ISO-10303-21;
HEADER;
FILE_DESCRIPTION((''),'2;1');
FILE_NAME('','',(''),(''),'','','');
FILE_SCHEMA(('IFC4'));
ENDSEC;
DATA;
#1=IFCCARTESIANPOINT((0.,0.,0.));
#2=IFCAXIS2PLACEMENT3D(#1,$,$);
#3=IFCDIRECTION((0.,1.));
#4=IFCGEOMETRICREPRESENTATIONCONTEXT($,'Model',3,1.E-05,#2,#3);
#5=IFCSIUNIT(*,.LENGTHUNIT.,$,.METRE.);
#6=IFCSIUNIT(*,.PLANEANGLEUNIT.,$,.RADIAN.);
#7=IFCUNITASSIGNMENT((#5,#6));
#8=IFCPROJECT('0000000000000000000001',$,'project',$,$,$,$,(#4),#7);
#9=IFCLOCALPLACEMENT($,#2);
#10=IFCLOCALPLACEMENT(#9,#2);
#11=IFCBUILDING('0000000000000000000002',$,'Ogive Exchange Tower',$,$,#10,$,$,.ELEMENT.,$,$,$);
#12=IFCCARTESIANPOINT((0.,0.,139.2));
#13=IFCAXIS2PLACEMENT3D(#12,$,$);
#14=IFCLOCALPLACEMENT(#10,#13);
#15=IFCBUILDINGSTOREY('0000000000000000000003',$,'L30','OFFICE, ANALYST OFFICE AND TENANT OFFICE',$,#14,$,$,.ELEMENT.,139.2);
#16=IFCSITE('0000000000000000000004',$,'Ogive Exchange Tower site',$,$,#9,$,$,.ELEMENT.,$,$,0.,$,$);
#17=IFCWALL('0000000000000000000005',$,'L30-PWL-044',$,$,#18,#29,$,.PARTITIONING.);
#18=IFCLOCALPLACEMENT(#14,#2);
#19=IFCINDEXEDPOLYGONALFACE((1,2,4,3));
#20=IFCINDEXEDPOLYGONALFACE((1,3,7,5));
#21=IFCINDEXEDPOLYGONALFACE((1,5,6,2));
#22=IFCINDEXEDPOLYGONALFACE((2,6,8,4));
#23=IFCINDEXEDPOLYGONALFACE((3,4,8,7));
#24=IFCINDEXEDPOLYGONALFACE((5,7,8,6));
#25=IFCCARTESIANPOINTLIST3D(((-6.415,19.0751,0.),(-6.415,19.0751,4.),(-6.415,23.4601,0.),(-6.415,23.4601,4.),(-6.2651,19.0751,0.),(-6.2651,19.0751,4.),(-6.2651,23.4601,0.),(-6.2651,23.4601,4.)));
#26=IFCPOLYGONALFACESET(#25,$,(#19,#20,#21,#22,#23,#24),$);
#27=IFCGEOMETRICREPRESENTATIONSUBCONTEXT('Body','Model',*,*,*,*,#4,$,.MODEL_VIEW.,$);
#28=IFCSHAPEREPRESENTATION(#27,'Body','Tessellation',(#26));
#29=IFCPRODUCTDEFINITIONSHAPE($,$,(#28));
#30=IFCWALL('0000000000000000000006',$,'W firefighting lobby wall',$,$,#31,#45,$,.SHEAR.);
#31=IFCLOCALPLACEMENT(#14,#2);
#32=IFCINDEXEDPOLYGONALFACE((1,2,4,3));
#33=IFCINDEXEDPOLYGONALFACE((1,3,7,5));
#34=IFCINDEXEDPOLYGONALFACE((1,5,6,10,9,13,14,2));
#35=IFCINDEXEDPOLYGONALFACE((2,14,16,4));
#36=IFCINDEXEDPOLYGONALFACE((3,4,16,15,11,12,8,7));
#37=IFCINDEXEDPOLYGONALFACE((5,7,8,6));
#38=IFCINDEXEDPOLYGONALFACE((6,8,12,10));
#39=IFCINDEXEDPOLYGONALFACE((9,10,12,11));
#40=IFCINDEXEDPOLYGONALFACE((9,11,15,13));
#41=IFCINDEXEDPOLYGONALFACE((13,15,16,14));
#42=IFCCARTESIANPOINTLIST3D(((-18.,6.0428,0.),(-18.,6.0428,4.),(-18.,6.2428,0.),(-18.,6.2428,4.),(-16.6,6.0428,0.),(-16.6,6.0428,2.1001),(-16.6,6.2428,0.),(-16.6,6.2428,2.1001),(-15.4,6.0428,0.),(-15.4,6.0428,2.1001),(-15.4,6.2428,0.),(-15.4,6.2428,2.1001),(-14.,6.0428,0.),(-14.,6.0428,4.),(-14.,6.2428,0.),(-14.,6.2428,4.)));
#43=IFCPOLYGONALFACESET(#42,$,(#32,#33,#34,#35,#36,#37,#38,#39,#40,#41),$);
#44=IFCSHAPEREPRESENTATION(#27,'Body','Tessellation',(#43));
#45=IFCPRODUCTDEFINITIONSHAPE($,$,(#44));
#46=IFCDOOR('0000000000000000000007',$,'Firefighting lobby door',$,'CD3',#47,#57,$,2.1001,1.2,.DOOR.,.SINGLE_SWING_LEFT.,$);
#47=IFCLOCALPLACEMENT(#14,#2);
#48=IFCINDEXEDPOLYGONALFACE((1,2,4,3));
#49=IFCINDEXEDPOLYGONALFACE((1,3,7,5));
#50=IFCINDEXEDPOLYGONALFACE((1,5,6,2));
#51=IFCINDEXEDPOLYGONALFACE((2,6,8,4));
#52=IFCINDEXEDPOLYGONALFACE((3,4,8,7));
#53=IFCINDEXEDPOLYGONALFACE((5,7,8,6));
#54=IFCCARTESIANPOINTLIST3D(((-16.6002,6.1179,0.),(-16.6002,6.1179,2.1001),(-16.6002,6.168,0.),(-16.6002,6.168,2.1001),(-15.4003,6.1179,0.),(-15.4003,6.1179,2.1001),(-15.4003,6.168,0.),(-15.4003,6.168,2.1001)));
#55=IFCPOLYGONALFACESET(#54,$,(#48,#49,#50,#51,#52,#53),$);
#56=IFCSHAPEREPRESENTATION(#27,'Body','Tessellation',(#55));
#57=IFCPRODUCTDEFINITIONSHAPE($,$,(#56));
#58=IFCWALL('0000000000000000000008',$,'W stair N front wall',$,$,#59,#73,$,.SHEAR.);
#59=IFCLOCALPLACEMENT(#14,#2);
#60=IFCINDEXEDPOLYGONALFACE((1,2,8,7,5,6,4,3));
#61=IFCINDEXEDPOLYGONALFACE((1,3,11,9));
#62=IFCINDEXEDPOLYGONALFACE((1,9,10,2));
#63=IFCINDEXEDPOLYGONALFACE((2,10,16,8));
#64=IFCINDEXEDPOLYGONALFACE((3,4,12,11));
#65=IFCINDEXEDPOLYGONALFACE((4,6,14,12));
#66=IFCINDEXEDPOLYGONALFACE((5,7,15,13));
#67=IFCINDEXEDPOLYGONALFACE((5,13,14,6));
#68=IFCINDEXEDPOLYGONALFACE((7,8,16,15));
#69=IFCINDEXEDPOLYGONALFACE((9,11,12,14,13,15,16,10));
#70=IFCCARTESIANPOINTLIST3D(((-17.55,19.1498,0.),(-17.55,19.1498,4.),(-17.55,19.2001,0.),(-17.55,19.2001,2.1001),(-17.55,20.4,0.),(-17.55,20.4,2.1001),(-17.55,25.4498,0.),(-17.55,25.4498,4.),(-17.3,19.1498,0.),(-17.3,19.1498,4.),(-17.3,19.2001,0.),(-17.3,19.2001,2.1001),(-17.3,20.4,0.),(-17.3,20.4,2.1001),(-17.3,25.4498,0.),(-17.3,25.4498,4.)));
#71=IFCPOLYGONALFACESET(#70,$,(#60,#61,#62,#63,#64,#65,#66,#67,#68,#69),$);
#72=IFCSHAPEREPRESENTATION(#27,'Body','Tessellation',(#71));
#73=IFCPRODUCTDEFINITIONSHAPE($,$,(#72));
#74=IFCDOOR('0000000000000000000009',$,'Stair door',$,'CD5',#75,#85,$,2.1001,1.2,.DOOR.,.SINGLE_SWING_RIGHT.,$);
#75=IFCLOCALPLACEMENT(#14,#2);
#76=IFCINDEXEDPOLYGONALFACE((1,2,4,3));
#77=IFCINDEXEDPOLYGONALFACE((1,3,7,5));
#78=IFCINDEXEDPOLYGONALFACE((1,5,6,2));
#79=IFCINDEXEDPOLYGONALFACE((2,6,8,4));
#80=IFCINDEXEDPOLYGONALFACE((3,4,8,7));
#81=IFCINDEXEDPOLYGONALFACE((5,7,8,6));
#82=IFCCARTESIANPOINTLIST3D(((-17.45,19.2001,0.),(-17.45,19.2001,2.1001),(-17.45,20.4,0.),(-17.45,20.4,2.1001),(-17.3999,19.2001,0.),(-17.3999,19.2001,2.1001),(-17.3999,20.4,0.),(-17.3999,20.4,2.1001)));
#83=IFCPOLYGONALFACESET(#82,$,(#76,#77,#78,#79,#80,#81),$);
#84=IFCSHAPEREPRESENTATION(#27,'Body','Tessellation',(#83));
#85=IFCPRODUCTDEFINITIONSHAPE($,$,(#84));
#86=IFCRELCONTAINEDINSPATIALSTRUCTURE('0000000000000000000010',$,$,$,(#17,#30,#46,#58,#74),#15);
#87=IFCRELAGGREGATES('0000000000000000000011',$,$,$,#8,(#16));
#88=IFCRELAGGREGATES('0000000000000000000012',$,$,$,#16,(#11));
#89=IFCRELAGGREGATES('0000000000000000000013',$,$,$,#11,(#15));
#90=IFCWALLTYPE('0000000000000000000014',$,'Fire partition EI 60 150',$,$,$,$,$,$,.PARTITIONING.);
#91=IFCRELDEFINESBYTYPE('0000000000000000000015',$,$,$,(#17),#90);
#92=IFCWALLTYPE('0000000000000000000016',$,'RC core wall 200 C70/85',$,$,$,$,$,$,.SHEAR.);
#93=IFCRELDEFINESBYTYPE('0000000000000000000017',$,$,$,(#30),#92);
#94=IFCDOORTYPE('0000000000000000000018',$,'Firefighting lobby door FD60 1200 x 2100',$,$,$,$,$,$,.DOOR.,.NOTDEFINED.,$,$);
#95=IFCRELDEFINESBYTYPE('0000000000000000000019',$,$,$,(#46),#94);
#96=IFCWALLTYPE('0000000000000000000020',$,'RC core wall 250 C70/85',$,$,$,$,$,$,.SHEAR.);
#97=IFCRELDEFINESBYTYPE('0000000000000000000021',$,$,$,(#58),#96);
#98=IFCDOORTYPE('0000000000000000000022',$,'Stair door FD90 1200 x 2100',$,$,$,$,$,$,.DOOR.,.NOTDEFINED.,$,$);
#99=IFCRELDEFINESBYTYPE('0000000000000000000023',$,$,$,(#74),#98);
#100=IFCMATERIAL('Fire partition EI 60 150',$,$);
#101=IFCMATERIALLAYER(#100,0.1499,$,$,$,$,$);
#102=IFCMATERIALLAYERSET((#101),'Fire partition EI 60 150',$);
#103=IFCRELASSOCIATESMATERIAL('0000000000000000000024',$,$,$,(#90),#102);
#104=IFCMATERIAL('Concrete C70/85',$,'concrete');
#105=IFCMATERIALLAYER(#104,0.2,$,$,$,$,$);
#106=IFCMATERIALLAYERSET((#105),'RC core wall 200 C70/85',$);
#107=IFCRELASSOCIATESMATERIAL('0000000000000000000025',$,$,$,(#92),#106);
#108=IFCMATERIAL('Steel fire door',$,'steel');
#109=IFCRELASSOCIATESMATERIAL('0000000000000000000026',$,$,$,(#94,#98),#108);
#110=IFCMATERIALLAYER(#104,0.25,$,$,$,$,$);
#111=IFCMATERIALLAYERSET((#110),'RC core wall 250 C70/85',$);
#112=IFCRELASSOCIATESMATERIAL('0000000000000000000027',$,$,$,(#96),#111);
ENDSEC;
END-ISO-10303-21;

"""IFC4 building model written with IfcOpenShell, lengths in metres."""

from ifc_helpers import new_model, si_unit, direction, frame, frame_2d, origin, place, context, subcontext, project, spatial, rectangle, extrude, material, layer, layer_set, type_object, element, fill, save


model = new_model("IFC4")

# Units and contexts
model_context = context("Model", 3, precision=1e-05, world=origin(), true_north=direction((0.0, 1.0)))
body_context = subcontext(model_context, "Body", "Model", "MODEL_VIEW")
ifc_project = project(units=[si_unit("LENGTHUNIT", "METRE"), si_unit("PLANEANGLEUNIT", "RADIAN")], contexts=[model_context])

# Site, building, storey
site_placement = place(None, origin())
site = spatial("IfcSite", under=ifc_project, at=site_placement, Name="Ogive Exchange Tower site", CompositionType="ELEMENT", RefElevation=0.0)
building_placement = place(site_placement, origin())
building = spatial("IfcBuilding", under=site, at=building_placement, Name="Ogive Exchange Tower", CompositionType="ELEMENT")
storey_placement = place(building_placement, frame((0.0, 0.0, 139.2)))
storey = spatial("IfcBuildingStorey", under=building, at=storey_placement, Name="L30", Description="OFFICE, ANALYST OFFICE AND TENANT OFFICE", CompositionType="ELEMENT", Elevation=139.2)

# Shared definitions
ifc_material_1 = material(Name="Fire partition EI 60 150")
ifc_layer_1 = layer(ifc_material_1, 0.1499)
ifc_layer_set_1 = layer_set([ifc_layer_1], Name="Fire partition EI 60 150")
wall_type_1 = type_object("IfcWallType", Name="Fire partition EI 60 150", PredefinedType="PARTITIONING", material=ifc_layer_set_1)

# Wall
wall_1_placement = place(storey_placement, frame((-6.3401, 23.46, 0.0), z_axis=(0.0, 0.0, 1.0), x_axis=(0.0, -1.0, 0.0)))
element("IfcWall", 1, at=wall_1_placement, inside=storey, type_object=wall_type_1, Name="L30-PWL-044", PredefinedType="PARTITIONING", context=body_context, shape_type="SweptSolid", body=[
    extrude(rectangle(XDim=4.385, YDim=0.1499, at=frame_2d((2.1924, 0.0))), origin(), (0.0, 0.0, 1.0), 4.0),
])

# Walls, openings, doors
ifc_material_2 = material(Name="Concrete C70/85", Category="concrete")
ifc_layer_2 = layer(ifc_material_2, 0.2)
ifc_layer_set_2 = layer_set([ifc_layer_2], Name="RC core wall 200 C70/85")
wall_type_2 = type_object("IfcWallType", Name="RC core wall 200 C70/85", PredefinedType="SHEAR", material=ifc_layer_set_2)
wall_2_placement = place(storey_placement, frame((-18.0, 6.1428, 0.0), z_axis=(0.0, 0.0, 1.0), x_axis=(1.0, 0.0, 0.0)))
wall_2 = element("IfcWall", 2, at=wall_2_placement, inside=storey, type_object=wall_type_2, Name="W firefighting lobby wall", PredefinedType="SHEAR", context=body_context, shape_type="SweptSolid", body=[
    extrude(rectangle(XDim=4.0, YDim=0.2, at=frame_2d((2.0, 0.0))), origin(), (0.0, 0.0, 1.0), 4.0),
])
opening_1_placement = place(wall_2_placement, frame((1.3999, 0.0, 0.0)))
opening_1 = element("IfcOpeningElement", 3, at=opening_1_placement, cuts=wall_2, PredefinedType="OPENING", context=body_context, shape_type="SweptSolid", body=[
    extrude(rectangle(XDim=1.2, YDim=2.1001, at=frame_2d((0.6001, 1.05))), frame((0.0, 0.1099, 0.0), z_axis=(0.0, -1.0, 0.0), x_axis=(1.0, 0.0, 0.0)), (0.0, 0.0, 1.0), 0.22),
])
ifc_material_3 = material(Name="Steel fire door", Category="steel")
door_type_1 = type_object("IfcDoorType", Name="Firefighting lobby door FD60 1200 x 2100", OperationType="NOTDEFINED", PredefinedType="DOOR", material=ifc_material_3)
door_1_placement = place(opening_1_placement, frame((1.2, 0.0, 0.0), z_axis=(0.0, 0.0, 1.0), x_axis=(-1.0, 0.0, 0.0)))
door_1 = element("IfcDoor", 4, at=door_1_placement, inside=storey, type_object=door_type_1, Name="Firefighting lobby door", ObjectType="CD3", OperationType="SINGLE_SWING_LEFT", OverallHeight=2.1001, OverallWidth=1.2, PredefinedType="DOOR", context=body_context, shape_type="SweptSolid", body=[
    extrude(rectangle(XDim=1.2, YDim=2.1001, at=frame_2d((0.6001, 1.05))), frame((0.0, 0.0249, 0.0), z_axis=(0.0, -1.0, 0.0), x_axis=(1.0, 0.0, 0.0)), (0.0, 0.0, 1.0), 0.05),
])
fill(opening_1, door_1)
ifc_layer_3 = layer(ifc_material_2, 0.25)
ifc_layer_set_3 = layer_set([ifc_layer_3], Name="RC core wall 250 C70/85")
wall_type_3 = type_object("IfcWallType", Name="RC core wall 250 C70/85", PredefinedType="SHEAR", material=ifc_layer_set_3)
wall_3_placement = place(storey_placement, frame((-17.425, 19.1499, 0.0), z_axis=(0.0, 0.0, 1.0), x_axis=(0.0, 1.0, 0.0)))
wall_3 = element("IfcWall", 5, at=wall_3_placement, inside=storey, type_object=wall_type_3, Name="W stair N front wall", PredefinedType="SHEAR", context=body_context, shape_type="SweptSolid", body=[
    extrude(rectangle(XDim=6.3, YDim=0.25, at=frame_2d((3.1499, 0.0))), origin(), (0.0, 0.0, 1.0), 4.0),
])
opening_2_placement = place(wall_3_placement, frame((0.05, 0.0, 0.0)))
opening_2 = element("IfcOpeningElement", 6, at=opening_2_placement, cuts=wall_3, PredefinedType="OPENING", context=body_context, shape_type="SweptSolid", body=[
    extrude(rectangle(XDim=1.2, YDim=2.1001, at=frame_2d((0.6001, 1.05))), frame((0.0, 0.135, 0.0), z_axis=(0.0, -1.0, 0.0), x_axis=(1.0, 0.0, 0.0)), (0.0, 0.0, 1.0), 0.27),
])
door_type_2 = type_object("IfcDoorType", Name="Stair door FD90 1200 x 2100", OperationType="NOTDEFINED", PredefinedType="DOOR", material=ifc_material_3)
door_2_placement = place(opening_2_placement, origin())
door_2 = element("IfcDoor", 7, at=door_2_placement, inside=storey, type_object=door_type_2, Name="Stair door", ObjectType="CD5", OperationType="SINGLE_SWING_RIGHT", OverallHeight=2.1001, OverallWidth=1.2, PredefinedType="DOOR", context=body_context, shape_type="SweptSolid", body=[
    extrude(rectangle(XDim=1.2, YDim=2.1001, at=frame_2d((0.6001, 1.05))), frame((0.0, 0.0249, 0.0), z_axis=(0.0, -1.0, 0.0), x_axis=(1.0, 0.0, 0.0)), (0.0, 0.0, 1.0), 0.05),
])
fill(opening_2, door_2)

save(model, "model.ifc")
